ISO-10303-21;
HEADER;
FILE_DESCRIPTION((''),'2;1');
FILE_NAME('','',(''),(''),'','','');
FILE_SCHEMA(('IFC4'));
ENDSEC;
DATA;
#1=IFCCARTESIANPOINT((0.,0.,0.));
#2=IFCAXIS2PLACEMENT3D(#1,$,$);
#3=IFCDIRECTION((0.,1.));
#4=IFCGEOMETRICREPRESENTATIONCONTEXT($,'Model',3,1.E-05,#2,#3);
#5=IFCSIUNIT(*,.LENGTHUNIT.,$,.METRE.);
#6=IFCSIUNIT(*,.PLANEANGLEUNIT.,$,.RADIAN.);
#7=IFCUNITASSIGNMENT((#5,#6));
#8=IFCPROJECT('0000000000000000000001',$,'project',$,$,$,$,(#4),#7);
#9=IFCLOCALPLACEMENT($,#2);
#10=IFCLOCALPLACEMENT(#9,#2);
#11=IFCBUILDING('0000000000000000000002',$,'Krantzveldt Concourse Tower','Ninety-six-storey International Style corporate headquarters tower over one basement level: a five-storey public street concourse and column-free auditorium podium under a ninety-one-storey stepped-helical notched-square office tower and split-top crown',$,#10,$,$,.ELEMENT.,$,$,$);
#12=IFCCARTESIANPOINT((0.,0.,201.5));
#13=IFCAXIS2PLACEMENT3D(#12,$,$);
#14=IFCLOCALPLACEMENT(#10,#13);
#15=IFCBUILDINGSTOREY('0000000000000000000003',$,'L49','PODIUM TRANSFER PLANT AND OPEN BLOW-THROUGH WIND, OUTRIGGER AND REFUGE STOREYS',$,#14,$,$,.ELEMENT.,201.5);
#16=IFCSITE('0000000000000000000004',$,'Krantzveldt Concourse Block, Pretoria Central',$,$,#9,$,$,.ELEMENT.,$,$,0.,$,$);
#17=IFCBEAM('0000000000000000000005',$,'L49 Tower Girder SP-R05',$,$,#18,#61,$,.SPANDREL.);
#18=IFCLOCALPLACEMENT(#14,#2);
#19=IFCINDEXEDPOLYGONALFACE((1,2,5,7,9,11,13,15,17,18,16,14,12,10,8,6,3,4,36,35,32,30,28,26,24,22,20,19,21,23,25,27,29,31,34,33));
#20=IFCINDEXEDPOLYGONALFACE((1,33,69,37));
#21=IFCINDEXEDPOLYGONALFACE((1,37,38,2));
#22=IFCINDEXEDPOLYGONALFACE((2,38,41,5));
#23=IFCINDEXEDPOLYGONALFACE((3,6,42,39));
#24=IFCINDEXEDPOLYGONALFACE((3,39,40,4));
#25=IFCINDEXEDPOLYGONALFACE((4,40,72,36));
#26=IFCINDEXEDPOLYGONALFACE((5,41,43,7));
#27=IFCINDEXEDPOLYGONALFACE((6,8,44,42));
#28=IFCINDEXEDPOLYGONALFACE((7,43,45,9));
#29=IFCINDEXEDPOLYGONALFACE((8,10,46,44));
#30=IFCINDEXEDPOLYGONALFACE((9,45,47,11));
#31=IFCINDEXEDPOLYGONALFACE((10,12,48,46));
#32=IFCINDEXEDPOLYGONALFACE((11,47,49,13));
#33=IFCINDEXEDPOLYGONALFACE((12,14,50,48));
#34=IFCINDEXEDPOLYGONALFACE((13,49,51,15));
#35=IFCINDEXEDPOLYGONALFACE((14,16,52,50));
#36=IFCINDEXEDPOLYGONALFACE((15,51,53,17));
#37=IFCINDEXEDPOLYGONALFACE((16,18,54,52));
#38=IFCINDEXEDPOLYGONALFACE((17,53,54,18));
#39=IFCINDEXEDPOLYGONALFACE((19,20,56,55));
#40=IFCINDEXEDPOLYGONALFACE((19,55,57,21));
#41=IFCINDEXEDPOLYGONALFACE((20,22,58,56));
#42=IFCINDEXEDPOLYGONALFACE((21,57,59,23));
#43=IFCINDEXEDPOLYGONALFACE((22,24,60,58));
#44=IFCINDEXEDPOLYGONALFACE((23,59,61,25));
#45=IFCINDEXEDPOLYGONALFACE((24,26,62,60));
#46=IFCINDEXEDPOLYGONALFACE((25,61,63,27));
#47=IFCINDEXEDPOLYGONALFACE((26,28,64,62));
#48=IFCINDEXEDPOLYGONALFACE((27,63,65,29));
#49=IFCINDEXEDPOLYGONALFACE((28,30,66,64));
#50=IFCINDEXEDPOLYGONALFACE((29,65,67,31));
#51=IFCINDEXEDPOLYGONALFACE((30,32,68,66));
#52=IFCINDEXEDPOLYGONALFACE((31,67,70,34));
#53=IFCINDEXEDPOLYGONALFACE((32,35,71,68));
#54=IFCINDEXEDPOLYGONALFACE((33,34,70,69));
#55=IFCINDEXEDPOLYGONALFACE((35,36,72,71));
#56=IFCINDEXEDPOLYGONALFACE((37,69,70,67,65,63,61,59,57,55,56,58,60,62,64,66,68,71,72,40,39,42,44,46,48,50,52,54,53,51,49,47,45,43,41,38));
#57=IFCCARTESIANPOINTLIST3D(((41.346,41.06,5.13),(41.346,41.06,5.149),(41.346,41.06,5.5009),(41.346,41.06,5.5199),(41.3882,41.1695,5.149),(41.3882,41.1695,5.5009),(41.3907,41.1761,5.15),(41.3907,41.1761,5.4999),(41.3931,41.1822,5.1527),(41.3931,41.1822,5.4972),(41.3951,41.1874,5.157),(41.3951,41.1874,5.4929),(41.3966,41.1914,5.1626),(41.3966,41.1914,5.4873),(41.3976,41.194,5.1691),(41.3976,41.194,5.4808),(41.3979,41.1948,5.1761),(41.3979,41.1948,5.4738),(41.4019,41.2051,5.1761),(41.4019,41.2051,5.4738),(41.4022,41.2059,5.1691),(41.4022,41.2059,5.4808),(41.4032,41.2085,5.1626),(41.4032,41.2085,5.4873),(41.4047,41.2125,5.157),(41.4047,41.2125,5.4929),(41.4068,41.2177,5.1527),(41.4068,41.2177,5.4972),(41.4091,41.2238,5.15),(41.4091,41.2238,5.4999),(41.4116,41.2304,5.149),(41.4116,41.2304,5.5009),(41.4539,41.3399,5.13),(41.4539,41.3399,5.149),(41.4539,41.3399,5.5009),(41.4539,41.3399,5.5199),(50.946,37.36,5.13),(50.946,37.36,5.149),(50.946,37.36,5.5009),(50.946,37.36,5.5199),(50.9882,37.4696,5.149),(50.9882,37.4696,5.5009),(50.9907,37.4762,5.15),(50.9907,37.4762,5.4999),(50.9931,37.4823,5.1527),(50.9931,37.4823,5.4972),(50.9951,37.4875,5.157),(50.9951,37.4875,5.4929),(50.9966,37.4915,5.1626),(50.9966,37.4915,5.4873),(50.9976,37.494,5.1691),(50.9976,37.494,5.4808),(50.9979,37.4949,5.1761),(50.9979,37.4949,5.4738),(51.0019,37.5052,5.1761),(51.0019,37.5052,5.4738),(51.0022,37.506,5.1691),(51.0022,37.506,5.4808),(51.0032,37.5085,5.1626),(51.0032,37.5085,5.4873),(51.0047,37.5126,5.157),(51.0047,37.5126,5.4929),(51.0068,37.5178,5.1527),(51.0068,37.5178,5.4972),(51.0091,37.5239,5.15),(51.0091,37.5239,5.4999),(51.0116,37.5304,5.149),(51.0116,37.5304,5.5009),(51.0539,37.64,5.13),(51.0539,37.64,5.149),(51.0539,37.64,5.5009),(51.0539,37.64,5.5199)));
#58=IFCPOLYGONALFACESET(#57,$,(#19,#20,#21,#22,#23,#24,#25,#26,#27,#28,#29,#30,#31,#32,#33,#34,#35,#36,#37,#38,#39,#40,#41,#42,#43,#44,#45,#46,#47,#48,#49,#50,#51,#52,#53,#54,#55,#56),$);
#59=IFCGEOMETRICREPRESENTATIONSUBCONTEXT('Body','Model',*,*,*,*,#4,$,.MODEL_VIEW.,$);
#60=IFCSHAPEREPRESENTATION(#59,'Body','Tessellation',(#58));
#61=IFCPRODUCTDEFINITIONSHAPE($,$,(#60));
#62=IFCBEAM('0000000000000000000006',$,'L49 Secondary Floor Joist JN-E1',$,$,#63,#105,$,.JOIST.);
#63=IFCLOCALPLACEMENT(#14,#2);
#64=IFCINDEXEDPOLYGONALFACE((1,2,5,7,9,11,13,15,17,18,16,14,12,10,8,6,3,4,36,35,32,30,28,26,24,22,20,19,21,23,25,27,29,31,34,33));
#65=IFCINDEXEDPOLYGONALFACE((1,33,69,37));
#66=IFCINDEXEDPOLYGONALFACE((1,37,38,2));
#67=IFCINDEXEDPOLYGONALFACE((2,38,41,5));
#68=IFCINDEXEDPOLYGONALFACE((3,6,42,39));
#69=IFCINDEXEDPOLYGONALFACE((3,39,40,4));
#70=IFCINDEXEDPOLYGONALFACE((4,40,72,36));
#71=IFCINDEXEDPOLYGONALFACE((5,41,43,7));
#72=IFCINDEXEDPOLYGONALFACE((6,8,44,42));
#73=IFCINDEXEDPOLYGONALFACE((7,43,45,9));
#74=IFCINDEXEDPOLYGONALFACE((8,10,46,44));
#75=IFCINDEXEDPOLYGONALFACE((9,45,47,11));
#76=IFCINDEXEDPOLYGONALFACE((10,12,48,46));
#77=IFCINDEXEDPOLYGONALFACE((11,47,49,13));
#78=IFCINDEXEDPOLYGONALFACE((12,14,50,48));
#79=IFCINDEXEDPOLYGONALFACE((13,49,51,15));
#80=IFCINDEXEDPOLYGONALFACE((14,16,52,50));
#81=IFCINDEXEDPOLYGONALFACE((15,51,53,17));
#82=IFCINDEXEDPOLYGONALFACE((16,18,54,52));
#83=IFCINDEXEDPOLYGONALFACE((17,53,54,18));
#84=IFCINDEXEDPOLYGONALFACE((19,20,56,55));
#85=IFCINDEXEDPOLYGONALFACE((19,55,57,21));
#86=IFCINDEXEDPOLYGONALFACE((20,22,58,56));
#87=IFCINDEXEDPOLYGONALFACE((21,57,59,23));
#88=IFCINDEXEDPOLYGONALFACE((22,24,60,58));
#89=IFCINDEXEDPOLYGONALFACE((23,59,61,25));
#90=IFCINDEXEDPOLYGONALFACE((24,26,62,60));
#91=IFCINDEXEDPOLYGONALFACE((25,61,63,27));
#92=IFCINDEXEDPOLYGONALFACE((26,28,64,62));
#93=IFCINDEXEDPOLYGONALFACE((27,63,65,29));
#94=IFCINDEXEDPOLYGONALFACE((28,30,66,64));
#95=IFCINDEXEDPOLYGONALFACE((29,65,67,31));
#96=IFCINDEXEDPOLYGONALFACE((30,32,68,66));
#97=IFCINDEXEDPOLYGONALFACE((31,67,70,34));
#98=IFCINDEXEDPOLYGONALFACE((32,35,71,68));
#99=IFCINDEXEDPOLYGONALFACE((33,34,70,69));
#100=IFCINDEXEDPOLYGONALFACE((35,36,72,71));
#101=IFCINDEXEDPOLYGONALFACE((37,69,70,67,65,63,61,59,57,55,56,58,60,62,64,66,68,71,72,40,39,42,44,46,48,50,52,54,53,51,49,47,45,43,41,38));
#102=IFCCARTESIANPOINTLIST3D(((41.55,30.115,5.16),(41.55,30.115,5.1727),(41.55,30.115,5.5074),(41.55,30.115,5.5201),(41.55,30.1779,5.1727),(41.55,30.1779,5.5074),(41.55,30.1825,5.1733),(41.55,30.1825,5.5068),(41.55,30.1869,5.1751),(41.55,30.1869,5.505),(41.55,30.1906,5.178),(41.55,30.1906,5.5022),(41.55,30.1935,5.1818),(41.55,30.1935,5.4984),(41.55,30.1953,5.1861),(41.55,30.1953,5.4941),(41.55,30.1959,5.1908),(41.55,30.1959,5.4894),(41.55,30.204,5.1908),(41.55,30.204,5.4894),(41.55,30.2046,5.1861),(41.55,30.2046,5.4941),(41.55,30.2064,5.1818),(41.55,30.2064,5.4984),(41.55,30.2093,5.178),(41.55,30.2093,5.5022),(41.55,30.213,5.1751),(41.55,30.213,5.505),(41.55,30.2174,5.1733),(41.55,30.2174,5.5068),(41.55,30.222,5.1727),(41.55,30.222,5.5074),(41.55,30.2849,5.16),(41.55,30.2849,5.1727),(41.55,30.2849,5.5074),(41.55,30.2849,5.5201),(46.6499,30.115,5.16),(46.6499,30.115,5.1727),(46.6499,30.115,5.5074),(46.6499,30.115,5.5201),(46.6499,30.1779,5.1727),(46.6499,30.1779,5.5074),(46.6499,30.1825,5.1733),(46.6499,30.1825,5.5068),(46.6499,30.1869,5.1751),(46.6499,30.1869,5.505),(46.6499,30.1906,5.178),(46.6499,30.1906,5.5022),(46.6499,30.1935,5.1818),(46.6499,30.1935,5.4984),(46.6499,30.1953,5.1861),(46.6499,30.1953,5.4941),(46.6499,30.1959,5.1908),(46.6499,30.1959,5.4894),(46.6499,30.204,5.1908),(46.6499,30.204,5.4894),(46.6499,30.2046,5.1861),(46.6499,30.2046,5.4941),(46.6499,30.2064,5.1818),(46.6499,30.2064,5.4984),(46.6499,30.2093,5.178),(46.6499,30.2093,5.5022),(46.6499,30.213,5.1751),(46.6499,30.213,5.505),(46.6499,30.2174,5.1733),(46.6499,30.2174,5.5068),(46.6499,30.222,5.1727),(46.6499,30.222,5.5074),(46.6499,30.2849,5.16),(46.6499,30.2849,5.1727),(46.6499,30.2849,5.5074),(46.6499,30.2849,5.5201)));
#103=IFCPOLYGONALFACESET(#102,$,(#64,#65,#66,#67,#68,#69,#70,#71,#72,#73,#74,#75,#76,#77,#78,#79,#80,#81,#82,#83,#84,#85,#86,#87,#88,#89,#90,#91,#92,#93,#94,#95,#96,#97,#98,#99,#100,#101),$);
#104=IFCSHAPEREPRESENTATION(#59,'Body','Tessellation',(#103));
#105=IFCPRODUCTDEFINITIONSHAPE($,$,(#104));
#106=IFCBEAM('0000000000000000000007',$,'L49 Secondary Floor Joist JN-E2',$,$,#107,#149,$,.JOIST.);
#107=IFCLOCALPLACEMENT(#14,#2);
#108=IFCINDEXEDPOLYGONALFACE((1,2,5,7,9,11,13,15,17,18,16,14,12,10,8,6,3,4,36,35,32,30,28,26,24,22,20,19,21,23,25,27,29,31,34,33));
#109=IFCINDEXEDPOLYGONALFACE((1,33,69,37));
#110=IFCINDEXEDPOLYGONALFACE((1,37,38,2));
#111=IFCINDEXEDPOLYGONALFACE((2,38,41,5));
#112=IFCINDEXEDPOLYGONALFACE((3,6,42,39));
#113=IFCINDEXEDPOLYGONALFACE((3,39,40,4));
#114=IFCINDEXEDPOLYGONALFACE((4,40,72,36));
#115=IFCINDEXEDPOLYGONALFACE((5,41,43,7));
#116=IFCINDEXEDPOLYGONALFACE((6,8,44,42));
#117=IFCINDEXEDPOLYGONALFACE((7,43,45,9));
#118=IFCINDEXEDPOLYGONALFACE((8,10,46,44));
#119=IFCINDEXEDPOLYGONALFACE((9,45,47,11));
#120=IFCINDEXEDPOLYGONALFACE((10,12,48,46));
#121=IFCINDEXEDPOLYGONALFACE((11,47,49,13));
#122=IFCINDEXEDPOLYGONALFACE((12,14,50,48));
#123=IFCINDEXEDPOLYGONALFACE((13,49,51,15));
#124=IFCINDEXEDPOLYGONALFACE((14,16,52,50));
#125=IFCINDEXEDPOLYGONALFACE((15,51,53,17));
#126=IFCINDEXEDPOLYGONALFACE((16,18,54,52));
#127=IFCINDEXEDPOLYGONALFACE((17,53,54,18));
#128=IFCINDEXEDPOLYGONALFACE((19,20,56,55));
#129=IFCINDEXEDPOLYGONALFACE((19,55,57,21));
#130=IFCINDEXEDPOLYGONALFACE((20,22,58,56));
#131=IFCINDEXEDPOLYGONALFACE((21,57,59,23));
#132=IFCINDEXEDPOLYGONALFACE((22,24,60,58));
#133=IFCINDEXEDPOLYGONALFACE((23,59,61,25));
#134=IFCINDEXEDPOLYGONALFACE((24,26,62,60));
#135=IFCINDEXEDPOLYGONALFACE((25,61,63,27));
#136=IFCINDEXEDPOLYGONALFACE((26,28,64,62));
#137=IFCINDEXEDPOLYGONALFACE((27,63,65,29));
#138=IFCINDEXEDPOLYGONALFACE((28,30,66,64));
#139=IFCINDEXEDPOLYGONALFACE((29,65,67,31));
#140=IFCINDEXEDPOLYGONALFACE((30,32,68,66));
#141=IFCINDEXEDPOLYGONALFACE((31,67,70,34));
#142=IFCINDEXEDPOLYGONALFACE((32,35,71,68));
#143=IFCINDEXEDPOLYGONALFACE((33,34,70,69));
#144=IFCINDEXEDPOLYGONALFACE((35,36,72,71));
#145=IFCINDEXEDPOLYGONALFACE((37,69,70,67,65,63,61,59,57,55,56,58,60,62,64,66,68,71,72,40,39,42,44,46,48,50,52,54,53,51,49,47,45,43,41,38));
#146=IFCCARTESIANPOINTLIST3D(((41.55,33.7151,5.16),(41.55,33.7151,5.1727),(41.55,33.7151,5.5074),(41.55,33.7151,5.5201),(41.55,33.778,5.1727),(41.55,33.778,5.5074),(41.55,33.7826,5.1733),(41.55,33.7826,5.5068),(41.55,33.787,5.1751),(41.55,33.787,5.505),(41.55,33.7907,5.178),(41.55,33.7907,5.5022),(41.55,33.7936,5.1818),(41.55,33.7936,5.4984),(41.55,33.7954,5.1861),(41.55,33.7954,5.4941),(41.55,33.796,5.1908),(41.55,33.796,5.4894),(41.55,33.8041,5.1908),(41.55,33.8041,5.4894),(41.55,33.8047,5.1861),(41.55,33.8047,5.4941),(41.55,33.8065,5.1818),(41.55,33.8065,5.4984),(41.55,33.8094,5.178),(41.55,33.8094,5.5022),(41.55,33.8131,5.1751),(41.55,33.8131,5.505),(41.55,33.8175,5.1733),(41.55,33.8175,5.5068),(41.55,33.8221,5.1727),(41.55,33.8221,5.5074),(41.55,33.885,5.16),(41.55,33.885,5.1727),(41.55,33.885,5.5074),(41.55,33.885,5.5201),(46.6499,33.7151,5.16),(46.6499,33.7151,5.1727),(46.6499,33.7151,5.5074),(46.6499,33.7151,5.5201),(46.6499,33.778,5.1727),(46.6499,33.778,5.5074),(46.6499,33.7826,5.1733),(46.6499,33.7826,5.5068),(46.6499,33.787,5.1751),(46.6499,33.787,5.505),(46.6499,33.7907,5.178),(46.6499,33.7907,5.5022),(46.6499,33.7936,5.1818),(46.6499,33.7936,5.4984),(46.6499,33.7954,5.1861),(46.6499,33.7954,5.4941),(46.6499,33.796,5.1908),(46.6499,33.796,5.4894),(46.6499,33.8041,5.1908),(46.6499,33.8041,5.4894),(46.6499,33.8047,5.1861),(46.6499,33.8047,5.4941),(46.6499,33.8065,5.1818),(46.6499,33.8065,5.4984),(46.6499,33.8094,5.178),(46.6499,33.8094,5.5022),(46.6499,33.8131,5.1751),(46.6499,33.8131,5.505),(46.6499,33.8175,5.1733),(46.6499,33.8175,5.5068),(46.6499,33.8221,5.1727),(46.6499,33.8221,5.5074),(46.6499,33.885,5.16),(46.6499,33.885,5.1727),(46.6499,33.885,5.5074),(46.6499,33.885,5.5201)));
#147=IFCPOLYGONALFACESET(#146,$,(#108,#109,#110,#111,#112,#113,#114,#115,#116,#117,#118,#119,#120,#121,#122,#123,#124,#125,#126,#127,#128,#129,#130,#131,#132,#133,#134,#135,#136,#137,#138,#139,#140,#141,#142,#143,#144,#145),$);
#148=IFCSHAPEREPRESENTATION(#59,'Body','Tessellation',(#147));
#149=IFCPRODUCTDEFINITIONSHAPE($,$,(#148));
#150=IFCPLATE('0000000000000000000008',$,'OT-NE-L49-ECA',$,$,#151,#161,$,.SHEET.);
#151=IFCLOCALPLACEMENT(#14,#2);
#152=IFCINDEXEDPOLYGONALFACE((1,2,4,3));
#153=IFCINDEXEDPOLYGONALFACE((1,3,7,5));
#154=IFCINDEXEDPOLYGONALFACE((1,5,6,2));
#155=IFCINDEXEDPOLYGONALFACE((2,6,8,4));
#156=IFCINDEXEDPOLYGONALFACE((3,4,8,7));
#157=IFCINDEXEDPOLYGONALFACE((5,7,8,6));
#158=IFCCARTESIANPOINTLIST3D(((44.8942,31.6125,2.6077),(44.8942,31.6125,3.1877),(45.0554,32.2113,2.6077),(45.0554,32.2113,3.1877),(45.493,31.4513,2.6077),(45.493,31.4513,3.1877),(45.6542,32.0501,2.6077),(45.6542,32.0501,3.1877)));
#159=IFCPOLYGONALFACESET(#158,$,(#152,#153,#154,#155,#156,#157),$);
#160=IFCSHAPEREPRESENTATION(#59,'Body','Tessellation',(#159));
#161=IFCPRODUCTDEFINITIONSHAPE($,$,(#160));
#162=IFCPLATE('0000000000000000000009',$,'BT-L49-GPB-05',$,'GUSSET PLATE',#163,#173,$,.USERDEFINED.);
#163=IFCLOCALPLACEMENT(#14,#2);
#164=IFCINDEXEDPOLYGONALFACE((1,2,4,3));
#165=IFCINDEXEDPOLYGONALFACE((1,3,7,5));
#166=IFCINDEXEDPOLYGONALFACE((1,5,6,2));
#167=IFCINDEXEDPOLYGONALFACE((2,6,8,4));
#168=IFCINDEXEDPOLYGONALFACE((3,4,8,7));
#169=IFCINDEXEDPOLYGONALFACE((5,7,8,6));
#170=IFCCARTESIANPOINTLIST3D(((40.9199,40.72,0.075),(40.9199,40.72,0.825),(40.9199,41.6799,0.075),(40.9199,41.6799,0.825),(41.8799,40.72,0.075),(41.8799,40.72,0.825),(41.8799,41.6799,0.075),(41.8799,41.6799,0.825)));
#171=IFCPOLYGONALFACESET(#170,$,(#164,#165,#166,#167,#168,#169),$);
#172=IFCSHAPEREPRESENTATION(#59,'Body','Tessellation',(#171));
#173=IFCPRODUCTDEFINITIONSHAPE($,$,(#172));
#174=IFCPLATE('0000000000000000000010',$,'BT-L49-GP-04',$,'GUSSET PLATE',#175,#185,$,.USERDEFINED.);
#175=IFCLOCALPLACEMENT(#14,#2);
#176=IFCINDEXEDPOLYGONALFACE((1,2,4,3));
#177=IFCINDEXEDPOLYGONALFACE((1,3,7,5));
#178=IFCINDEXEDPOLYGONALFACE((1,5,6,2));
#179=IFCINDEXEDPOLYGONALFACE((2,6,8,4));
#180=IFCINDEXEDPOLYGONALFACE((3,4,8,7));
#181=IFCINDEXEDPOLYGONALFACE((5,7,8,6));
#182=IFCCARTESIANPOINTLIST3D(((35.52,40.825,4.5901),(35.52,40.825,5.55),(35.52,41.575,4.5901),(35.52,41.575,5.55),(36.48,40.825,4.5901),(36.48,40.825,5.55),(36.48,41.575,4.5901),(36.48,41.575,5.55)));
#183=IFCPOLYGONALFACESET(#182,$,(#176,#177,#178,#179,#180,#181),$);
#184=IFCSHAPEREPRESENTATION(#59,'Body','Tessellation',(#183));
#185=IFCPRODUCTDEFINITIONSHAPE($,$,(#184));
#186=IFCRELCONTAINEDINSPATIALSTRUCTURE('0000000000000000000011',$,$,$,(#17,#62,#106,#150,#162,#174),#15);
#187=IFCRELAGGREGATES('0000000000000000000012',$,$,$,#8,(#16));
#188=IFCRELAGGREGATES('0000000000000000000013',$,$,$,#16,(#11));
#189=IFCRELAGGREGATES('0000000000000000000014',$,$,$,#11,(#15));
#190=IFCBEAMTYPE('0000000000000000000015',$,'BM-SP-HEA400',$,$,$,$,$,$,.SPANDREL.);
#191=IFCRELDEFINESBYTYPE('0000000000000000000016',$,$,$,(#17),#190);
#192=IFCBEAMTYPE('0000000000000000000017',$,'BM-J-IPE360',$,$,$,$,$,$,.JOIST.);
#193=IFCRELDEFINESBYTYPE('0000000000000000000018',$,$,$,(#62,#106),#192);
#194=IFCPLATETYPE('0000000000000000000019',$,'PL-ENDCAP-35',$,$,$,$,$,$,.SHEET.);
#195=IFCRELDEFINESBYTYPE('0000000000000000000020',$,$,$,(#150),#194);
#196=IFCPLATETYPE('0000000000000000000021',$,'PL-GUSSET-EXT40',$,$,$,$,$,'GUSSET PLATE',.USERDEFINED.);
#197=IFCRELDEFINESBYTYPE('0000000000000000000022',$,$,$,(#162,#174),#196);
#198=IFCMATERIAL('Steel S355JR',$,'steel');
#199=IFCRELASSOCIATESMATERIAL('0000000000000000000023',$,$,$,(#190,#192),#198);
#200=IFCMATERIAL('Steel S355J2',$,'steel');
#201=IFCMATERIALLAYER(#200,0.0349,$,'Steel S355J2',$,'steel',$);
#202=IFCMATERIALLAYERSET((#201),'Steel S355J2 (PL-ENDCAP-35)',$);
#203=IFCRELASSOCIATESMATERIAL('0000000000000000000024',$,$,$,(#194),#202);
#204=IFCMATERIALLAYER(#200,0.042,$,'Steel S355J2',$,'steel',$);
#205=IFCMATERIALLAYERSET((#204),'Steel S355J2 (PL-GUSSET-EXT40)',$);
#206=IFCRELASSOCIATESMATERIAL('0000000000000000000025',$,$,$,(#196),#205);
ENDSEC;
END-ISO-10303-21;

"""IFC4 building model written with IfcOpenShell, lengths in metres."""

from ifc_helpers import new_model, si_unit, direction, frame, origin, origin_2d, place, context, subcontext, project, spatial, rectangle, i_section, extrude, source, transform, mapped, material, layer, layer_set, material_profile, profile_set, type_object, type_shapes, element, save


model = new_model("IFC4")

# Units and contexts
model_context = context("Model", 3, precision=1e-05, world=origin(), true_north=direction((0.0, 1.0)))
body_context = subcontext(model_context, "Body", "Model", "MODEL_VIEW")
ifc_project = project(units=[si_unit("LENGTHUNIT", "METRE"), si_unit("PLANEANGLEUNIT", "RADIAN")], contexts=[model_context])

# Site, building, storey
site_placement = place(None, origin())
site = spatial("IfcSite", under=ifc_project, at=site_placement, Name="Krantzveldt Concourse Block, Pretoria Central", CompositionType="ELEMENT", RefElevation=0.0)
building_placement = place(site_placement, origin())
building = spatial("IfcBuilding", under=site, at=building_placement, Name="Krantzveldt Concourse Tower", Description="Ninety-six-storey International Style corporate headquarters tower over one basement level: a five-storey public street concourse and column-free auditorium podium under a ninety-one-storey stepped-helical notched-square office tower and split-top crown", CompositionType="ELEMENT")
storey_placement = place(building_placement, frame((0.0, 0.0, 201.5)))
storey = spatial("IfcBuildingStorey", under=building, at=storey_placement, Name="L49", Description="PODIUM TRANSFER PLANT AND OPEN BLOW-THROUGH WIND, OUTRIGGER AND REFUGE STOREYS", CompositionType="ELEMENT", Elevation=201.5)

# Shared definitions
ifc_material_1 = material(Name="Steel S355J2", Category="steel")

# Beams
ifc_material_2 = material(Name="Steel S355JR", Category="steel")
ifc_material_profile_1 = material_profile(ifc_material_2, i_section(OverallWidth=0.3, OverallDepth=0.3899, WebThickness=0.011, FlangeThickness=0.019, FilletRadius=0.0271, at=origin_2d()), Name="Steel S355JR", Category="steel")
ifc_profile_set_1 = profile_set([ifc_material_profile_1], Name="Steel S355JR - HEA 400")
beam_type_1 = type_object("IfcBeamType", Name="BM-SP-HEA400", PredefinedType="SPANDREL", material=ifc_profile_set_1)
shared_shape_1 = source(origin(), body_context, "Body", "SweptSolid", [
    extrude(i_section(OverallWidth=0.3, OverallDepth=0.3899, WebThickness=0.011, FlangeThickness=0.019, FilletRadius=0.0271, at=origin_2d()), origin(), (0.0, 0.0, 1.0), 10.2883),
])
type_shapes(beam_type_1, [shared_shape_1])
beam_placement = place(storey_placement, frame((41.3999, 41.2, 5.325), z_axis=(0.933098, -0.359623, 0.0), x_axis=(0.359623, 0.933098, 0.0)))
element("IfcBeam", 1, at=beam_placement, inside=storey, type_object=beam_type_1, Name="L49 Tower Girder SP-R05", PredefinedType="SPANDREL", context=body_context, shape_type="MappedRepresentation", body=[
    mapped(shared_shape_1, transform((0.0, 0.0, 0.0), x_axis=(1.0, 0.0, 0.0), y_axis=(0.0, 1.0, 0.0), z_axis=(0.0, 0.0, 1.0), scale=1.0)),
])
ifc_material_profile_2 = material_profile(ifc_material_2, i_section(OverallWidth=0.1699, OverallDepth=0.3601, WebThickness=0.0081, FlangeThickness=0.0127, FilletRadius=0.0181, at=origin_2d()), Name="Steel S355JR", Category="steel")
ifc_profile_set_2 = profile_set([ifc_material_profile_2], Name="Steel S355JR - IPE 360")
beam_type_2 = type_object("IfcBeamType", Name="BM-J-IPE360", PredefinedType="JOIST", material=ifc_profile_set_2)
shared_shape_2 = source(origin(), body_context, "Body", "SweptSolid", [
    extrude(i_section(OverallWidth=0.1699, OverallDepth=0.3601, WebThickness=0.0081, FlangeThickness=0.0127, FilletRadius=0.0181, at=origin_2d()), origin(), (0.0, 0.0, 1.0), 5.0999),
])
type_shapes(beam_type_2, [shared_shape_2])
for number, where, z_axis, x_axis, name in (
    (2, (41.55, 30.2, 5.3401), (1.0, 0.0, 0.0), (0.0, 1.0, 0.0), "L49 Secondary Floor Joist JN-E1"),
    (3, (41.55, 33.8, 5.3401), (1.0, 0.0, 0.0), (0.0, 1.0, 0.0), "L49 Secondary Floor Joist JN-E2"),
):
    element("IfcBeam", number, at=place(storey_placement, frame(where, z_axis=z_axis, x_axis=x_axis)), inside=storey, type_object=beam_type_2, Name=name, PredefinedType="JOIST", context=body_context, shape_type="MappedRepresentation", body=[
        mapped(shared_shape_2, transform((0.0, 0.0, 0.0), x_axis=(1.0, 0.0, 0.0), y_axis=(0.0, 1.0, 0.0), z_axis=(0.0, 0.0, 1.0), scale=1.0)),
    ])

# Plates
ifc_layer_1 = layer(ifc_material_1, 0.0349, Name="Steel S355J2", Category="steel")
ifc_layer_set_1 = layer_set([ifc_layer_1], Name="Steel S355J2 (PL-ENDCAP-35)")
plate_type_1 = type_object("IfcPlateType", Name="PL-ENDCAP-35", PredefinedType="SHEET", material=ifc_layer_set_1)
shared_shape_3 = source(origin(), body_context, "Body", "SweptSolid", [
    extrude(rectangle(XDim=0.6201, YDim=0.6201, at=origin_2d()), origin(), (0.0, 0.0, 1.0), 0.5801),
])
type_shapes(plate_type_1, [shared_shape_3])
plate_1_placement = place(storey_placement, frame((45.2742, 31.8313, 2.6077), z_axis=(0.0, 0.0, 1.0), x_axis=(0.259915, 0.965632, 0.0)))
element("IfcPlate", 4, at=plate_1_placement, inside=storey, type_object=plate_type_1, Name="OT-NE-L49-ECA", PredefinedType="SHEET", context=body_context, shape_type="MappedRepresentation", body=[
    mapped(shared_shape_3, transform((0.0, 0.0, 0.0), x_axis=(1.0, 0.0, 0.0), y_axis=(0.0, 1.0, 0.0), z_axis=(0.0, 0.0, 1.0), scale=1.0)),
])
ifc_layer_2 = layer(ifc_material_1, 0.042, Name="Steel S355J2", Category="steel")
ifc_layer_set_2 = layer_set([ifc_layer_2], Name="Steel S355J2 (PL-GUSSET-EXT40)")
plate_type_2 = type_object("IfcPlateType", Name="PL-GUSSET-EXT40", ElementType="GUSSET PLATE", PredefinedType="USERDEFINED", material=ifc_layer_set_2)
shared_shape_4 = source(origin(), body_context, "Body", "SweptSolid", [
    extrude(rectangle(XDim=0.96, YDim=0.96, at=origin_2d()), origin(), (0.0, 0.0, 1.0), 0.75),
])
plate_2_placement = place(storey_placement, frame((41.3999, 41.2, 0.075), z_axis=(0.0, 0.0, 1.0), x_axis=(1.0, 0.0, 0.0)))
element("IfcPlate", 5, at=plate_2_placement, inside=storey, type_object=plate_type_2, Name="BT-L49-GPB-05", ObjectType="GUSSET PLATE", PredefinedType="USERDEFINED", context=body_context, shape_type="MappedRepresentation", body=[
    mapped(shared_shape_4, transform((0.0, 0.0, 0.0), x_axis=(1.0, 0.0, 0.0), y_axis=(0.0, 1.0, 0.0), z_axis=(0.0, 0.0, 1.0), scale=1.0)),
])
shared_shape_5 = source(origin(), body_context, "Body", "SweptSolid", [
    extrude(rectangle(XDim=0.96, YDim=0.75, at=origin_2d()), origin(), (0.0, 0.0, 1.0), 0.96),
])
type_shapes(plate_type_2, [shared_shape_4, shared_shape_5])
plate_3_placement = place(storey_placement, frame((36.0, 41.2, 4.5901), z_axis=(0.0, 0.0, 1.0), x_axis=(1.0, 0.0, 0.0)))
element("IfcPlate", 6, at=plate_3_placement, inside=storey, type_object=plate_type_2, Name="BT-L49-GP-04", ObjectType="GUSSET PLATE", PredefinedType="USERDEFINED", context=body_context, shape_type="MappedRepresentation", body=[
    mapped(shared_shape_5, transform((0.0, 0.0, 0.0), x_axis=(1.0, 0.0, 0.0), y_axis=(0.0, 1.0, 0.0), z_axis=(0.0, 0.0, 1.0), scale=1.0)),
])

save(model, "model.ifc")
